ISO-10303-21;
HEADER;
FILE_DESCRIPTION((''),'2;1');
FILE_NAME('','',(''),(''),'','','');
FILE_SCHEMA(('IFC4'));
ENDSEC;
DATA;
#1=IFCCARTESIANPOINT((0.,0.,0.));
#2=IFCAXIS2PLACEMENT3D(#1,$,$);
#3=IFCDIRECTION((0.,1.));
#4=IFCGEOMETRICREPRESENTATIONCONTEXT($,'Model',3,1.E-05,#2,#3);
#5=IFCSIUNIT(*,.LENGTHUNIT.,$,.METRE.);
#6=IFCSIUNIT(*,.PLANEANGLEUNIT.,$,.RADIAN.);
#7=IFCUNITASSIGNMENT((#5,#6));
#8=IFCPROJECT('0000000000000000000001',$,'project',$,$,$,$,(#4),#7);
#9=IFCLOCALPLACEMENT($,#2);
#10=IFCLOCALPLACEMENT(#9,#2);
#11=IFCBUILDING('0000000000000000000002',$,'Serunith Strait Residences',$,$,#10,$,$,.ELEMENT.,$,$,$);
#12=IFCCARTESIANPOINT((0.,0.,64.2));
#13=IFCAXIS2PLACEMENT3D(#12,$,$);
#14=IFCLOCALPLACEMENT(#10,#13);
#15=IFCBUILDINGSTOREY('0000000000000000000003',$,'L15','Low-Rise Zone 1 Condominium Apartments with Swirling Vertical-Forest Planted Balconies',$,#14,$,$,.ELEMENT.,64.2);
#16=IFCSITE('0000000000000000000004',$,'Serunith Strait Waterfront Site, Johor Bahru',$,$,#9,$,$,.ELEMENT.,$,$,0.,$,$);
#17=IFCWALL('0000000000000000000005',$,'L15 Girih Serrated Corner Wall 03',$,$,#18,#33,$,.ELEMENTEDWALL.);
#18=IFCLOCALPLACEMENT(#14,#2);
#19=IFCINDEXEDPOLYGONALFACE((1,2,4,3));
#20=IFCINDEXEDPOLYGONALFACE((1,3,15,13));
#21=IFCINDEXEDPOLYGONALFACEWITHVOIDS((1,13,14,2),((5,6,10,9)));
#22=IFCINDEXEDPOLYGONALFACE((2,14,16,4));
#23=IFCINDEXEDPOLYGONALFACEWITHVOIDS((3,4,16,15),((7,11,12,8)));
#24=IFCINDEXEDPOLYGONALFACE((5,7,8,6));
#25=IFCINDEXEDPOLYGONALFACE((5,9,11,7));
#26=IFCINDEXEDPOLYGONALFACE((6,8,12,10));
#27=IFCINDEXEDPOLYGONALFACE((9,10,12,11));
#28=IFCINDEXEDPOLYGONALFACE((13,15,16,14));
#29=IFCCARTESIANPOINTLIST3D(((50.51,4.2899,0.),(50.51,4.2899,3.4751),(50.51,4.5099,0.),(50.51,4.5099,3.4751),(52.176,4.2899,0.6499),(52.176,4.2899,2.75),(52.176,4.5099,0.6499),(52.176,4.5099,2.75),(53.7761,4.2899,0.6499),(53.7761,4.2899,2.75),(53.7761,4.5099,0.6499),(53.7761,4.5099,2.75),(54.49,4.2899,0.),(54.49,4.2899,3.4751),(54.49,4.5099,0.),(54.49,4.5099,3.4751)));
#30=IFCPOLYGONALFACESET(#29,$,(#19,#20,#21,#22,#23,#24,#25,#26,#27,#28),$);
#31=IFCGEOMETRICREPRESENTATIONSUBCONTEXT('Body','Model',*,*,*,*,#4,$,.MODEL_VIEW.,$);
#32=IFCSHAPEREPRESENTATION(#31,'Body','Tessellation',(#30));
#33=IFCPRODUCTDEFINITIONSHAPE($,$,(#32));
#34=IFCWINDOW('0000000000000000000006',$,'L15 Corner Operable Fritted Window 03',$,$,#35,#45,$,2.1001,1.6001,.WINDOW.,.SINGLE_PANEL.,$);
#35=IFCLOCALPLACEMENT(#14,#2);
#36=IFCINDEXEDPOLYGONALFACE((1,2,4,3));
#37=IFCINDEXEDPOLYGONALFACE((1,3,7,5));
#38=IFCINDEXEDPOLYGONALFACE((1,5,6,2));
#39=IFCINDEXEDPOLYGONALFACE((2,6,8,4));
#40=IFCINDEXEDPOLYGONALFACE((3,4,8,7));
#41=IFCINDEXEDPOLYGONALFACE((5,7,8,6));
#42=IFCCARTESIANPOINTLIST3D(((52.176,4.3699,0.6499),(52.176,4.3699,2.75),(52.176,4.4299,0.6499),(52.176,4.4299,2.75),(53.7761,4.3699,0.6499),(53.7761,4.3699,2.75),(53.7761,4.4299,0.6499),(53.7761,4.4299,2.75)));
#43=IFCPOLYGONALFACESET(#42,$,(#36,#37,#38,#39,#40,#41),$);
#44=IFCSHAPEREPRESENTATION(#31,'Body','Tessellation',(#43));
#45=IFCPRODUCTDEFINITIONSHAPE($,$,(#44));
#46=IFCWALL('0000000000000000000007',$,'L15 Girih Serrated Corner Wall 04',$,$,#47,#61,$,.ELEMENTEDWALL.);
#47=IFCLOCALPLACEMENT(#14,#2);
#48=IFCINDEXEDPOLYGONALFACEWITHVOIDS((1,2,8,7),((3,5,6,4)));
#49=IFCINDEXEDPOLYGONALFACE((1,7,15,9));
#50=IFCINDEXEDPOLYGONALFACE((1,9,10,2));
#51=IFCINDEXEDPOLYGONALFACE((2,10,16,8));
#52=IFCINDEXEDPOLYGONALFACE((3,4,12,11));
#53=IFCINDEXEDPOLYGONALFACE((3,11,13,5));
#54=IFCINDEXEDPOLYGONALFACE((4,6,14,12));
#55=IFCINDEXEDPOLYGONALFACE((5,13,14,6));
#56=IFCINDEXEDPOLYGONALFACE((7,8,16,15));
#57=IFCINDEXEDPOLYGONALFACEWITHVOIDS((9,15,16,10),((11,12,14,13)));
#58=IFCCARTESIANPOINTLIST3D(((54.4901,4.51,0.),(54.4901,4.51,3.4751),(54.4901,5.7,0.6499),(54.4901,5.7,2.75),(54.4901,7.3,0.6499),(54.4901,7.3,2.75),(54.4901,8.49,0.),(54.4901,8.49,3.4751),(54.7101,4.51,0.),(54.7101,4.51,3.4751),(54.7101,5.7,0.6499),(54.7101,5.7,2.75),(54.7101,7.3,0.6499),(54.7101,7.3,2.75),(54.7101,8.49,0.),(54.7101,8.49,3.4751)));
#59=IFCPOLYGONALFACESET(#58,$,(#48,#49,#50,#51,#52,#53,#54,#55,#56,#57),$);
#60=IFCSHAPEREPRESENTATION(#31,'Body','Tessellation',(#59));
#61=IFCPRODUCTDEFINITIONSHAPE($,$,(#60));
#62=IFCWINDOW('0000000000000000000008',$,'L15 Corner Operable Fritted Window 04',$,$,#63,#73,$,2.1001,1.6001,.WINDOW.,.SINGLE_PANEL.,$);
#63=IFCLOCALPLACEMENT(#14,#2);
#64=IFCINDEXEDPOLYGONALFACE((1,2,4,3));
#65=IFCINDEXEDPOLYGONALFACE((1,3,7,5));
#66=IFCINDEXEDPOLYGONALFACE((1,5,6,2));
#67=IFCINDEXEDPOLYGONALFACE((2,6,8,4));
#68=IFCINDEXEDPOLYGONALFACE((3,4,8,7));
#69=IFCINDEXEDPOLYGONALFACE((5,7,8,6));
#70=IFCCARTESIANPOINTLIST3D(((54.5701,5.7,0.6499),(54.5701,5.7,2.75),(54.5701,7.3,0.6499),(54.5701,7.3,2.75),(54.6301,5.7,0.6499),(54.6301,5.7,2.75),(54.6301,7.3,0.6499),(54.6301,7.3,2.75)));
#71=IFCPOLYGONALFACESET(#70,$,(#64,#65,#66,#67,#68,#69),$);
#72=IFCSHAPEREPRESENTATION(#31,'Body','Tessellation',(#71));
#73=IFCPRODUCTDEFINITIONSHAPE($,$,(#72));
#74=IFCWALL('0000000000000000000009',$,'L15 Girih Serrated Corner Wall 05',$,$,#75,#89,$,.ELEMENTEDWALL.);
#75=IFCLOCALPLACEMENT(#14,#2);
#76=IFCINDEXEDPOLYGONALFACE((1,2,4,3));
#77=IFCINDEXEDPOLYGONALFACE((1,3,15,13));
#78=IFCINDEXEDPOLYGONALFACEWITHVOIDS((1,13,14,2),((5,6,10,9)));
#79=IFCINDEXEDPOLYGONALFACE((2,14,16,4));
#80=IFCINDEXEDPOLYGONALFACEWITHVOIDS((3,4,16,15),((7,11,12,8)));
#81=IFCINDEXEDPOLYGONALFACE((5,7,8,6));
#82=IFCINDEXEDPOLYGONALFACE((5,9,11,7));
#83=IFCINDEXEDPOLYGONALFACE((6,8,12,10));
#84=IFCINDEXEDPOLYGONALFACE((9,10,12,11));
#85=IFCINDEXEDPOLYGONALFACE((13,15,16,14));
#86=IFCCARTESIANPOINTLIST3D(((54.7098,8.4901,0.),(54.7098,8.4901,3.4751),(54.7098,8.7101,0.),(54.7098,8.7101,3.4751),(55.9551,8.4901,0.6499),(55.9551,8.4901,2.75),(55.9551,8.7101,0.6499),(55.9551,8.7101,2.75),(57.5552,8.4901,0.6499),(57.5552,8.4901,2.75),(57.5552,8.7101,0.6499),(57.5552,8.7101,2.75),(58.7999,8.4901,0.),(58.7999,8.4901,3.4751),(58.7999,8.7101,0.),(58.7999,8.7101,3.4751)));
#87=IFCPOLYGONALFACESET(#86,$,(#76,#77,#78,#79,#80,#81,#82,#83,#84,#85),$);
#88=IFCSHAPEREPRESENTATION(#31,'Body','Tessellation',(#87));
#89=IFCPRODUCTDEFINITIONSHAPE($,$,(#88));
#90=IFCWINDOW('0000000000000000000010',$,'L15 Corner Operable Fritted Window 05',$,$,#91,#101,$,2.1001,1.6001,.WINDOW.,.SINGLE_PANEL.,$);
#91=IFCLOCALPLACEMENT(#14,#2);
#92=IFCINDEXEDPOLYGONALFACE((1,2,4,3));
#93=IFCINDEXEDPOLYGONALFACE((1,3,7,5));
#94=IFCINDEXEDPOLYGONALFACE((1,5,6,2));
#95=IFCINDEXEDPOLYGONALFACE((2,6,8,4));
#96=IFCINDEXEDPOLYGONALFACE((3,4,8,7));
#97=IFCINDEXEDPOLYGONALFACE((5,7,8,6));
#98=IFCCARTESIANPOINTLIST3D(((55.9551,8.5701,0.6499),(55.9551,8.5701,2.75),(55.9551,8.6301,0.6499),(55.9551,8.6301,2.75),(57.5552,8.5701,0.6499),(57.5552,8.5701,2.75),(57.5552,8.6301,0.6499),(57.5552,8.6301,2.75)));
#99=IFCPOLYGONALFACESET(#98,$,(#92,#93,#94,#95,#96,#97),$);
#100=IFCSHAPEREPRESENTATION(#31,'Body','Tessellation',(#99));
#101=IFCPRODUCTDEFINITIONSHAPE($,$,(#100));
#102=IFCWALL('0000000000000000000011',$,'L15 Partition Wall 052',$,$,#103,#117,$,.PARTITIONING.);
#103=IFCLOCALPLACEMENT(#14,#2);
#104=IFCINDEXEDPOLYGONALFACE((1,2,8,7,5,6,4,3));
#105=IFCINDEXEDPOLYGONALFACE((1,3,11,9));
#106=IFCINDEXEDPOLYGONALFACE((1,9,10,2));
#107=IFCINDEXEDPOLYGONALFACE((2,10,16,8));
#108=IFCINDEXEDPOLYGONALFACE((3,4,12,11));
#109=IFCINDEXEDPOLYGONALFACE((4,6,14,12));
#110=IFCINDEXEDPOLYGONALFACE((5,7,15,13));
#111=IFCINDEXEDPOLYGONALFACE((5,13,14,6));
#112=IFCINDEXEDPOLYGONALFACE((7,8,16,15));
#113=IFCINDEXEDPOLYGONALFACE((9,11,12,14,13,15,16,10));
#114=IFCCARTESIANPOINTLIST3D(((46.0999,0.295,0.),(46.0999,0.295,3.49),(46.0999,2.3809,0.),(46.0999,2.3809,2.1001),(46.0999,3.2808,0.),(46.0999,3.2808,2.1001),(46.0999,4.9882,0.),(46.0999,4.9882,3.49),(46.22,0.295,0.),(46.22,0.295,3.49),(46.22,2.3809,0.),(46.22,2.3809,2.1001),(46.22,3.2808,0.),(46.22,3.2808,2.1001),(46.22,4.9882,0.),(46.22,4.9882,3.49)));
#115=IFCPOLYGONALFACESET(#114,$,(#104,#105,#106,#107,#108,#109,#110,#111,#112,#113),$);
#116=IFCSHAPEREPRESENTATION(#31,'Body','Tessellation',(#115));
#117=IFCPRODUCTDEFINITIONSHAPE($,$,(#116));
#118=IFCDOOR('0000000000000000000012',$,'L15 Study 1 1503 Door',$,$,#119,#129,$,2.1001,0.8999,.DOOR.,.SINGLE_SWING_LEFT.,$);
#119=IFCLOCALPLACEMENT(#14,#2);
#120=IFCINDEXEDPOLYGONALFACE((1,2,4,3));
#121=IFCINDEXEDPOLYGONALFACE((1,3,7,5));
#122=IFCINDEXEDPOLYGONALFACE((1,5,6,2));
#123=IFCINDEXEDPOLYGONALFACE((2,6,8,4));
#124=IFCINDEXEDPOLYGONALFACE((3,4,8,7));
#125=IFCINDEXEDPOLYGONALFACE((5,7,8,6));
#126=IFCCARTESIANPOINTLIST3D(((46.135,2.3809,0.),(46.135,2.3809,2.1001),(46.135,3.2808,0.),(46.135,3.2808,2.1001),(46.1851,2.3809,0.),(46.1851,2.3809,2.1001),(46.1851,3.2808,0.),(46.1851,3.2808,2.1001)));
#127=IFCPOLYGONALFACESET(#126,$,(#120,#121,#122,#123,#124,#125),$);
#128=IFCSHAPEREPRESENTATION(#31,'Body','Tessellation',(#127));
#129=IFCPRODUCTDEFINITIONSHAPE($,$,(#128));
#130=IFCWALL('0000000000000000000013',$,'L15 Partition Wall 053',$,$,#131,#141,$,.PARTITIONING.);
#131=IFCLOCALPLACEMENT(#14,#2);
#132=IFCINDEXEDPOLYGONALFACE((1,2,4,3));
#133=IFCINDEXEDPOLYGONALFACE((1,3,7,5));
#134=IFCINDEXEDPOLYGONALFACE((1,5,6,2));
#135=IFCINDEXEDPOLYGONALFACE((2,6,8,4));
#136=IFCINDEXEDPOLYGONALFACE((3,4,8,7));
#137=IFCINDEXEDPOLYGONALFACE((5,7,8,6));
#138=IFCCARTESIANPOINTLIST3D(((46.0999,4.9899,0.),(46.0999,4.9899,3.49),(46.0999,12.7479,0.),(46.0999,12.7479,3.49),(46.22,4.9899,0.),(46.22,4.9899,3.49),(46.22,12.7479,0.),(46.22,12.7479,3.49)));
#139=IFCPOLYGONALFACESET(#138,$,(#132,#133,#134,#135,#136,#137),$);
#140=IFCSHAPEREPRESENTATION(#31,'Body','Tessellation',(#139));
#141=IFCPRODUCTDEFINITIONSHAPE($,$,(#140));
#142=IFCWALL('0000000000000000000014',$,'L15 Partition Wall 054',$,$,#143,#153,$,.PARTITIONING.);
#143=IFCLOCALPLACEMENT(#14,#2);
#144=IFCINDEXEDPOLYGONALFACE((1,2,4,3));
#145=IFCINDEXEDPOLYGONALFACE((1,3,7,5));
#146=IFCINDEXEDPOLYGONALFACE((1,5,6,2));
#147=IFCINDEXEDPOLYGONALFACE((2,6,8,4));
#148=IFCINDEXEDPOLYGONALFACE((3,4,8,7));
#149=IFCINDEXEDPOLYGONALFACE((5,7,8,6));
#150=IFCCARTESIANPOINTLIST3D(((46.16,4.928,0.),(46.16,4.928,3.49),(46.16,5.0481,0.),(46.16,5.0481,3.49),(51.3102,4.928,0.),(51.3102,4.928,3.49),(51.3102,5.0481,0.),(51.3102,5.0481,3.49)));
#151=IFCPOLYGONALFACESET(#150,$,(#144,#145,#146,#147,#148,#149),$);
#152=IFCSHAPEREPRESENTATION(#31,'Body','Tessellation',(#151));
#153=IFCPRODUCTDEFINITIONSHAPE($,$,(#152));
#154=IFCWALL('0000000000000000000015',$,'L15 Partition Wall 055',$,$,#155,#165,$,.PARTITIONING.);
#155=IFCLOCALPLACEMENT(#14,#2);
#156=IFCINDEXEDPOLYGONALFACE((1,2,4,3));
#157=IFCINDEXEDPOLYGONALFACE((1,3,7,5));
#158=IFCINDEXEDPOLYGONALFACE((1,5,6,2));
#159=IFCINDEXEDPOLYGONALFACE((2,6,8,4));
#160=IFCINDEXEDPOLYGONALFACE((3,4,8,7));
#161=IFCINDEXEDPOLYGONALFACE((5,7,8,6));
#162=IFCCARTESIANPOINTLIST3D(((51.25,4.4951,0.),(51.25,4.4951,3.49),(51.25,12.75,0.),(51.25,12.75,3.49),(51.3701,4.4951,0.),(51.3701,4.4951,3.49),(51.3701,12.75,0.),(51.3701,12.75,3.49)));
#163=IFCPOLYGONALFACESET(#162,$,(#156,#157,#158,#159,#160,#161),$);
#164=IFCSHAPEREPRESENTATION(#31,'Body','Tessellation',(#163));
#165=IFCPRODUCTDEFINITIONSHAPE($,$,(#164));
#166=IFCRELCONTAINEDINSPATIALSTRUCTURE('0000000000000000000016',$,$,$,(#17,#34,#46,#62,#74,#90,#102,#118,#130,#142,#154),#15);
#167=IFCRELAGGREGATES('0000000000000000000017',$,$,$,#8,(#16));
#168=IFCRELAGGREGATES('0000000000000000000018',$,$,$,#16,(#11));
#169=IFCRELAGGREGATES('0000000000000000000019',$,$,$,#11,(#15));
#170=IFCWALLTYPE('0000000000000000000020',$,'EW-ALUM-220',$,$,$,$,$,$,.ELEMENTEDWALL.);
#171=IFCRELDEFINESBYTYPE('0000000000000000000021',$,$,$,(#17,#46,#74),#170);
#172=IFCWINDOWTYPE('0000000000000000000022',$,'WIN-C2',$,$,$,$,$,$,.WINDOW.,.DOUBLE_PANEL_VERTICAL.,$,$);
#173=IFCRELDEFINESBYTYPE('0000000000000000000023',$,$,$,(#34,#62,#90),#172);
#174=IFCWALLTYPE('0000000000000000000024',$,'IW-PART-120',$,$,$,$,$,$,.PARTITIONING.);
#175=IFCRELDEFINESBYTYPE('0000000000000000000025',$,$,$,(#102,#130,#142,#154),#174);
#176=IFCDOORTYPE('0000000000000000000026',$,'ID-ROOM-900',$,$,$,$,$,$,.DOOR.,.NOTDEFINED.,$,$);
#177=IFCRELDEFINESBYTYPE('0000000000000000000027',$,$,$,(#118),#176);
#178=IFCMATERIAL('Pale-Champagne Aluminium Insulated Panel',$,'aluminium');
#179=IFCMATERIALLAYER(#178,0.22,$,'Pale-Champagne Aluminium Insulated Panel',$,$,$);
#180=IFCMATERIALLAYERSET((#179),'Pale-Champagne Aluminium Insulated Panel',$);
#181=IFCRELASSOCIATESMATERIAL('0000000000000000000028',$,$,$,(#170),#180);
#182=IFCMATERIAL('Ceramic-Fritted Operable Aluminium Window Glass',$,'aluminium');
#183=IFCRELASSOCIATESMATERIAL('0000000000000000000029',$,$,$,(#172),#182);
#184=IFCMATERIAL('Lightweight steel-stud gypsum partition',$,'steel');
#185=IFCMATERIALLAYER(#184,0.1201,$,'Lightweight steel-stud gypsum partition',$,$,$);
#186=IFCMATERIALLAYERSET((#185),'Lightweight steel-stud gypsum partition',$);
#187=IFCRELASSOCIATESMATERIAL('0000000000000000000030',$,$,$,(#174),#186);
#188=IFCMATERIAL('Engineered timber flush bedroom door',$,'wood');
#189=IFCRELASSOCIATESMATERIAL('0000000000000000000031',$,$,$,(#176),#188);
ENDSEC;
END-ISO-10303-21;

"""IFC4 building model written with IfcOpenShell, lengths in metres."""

from ifc_helpers import new_model, si_unit, direction, frame, frame_2d, origin, place, context, subcontext, project, spatial, rectangle, extrude, source, transform, mapped, material, layer, layer_set, type_object, element, fill, save


model = new_model("IFC4")

# Units and contexts
model_context = context("Model", 3, precision=1e-05, world=origin(), true_north=direction((0.0, 1.0)))
body_context = subcontext(model_context, "Body", "Model", "MODEL_VIEW")
ifc_project = project(units=[si_unit("LENGTHUNIT", "METRE"), si_unit("PLANEANGLEUNIT", "RADIAN")], contexts=[model_context])

# Site, building, storey
site_placement = place(None, origin())
site = spatial("IfcSite", under=ifc_project, at=site_placement, Name="Serunith Strait Waterfront Site, Johor Bahru", CompositionType="ELEMENT", RefElevation=0.0)
building_placement = place(site_placement, origin())
building = spatial("IfcBuilding", under=site, at=building_placement, Name="Serunith Strait Residences", CompositionType="ELEMENT")
storey_placement = place(building_placement, frame((0.0, 0.0, 64.2)))
storey = spatial("IfcBuildingStorey", under=building, at=storey_placement, Name="L15", Description="Low-Rise Zone 1 Condominium Apartments with Swirling Vertical-Forest Planted Balconies", CompositionType="ELEMENT", Elevation=64.2)

# Walls, openings, windows
ifc_material_1 = material(Name="Pale-Champagne Aluminium Insulated Panel", Category="aluminium")
ifc_layer_1 = layer(ifc_material_1, 0.22, Name="Pale-Champagne Aluminium Insulated Panel")
ifc_layer_set_1 = layer_set([ifc_layer_1], Name="Pale-Champagne Aluminium Insulated Panel")
wall_type_1 = type_object("IfcWallType", Name="EW-ALUM-220", PredefinedType="ELEMENTEDWALL", material=ifc_layer_set_1)
ifc_material_2 = material(Name="Ceramic-Fritted Operable Aluminium Window Glass", Category="aluminium")
window_type = type_object("IfcWindowType", Name="WIN-C2", PartitioningType="DOUBLE_PANEL_VERTICAL", PredefinedType="WINDOW", material=ifc_material_2)
shared_shape_1 = source(origin(), body_context, "Body", "SweptSolid", [
    extrude(rectangle(XDim=1.6001, YDim=2.1001, at=frame_2d((0.8, 1.05))), frame((0.0, 0.03, 0.0), z_axis=(0.0, -1.0, 0.0), x_axis=(1.0, 0.0, 0.0)), (0.0, 0.0, 1.0), 0.0601),
])
wall_1_placement = place(storey_placement, frame((50.51, 4.3999, 0.0), z_axis=(0.0, 0.0, 1.0), x_axis=(1.0, 0.0, 0.0)))
wall_1 = element("IfcWall", 1, at=wall_1_placement, inside=storey, type_object=wall_type_1, Name="L15 Girih Serrated Corner Wall 03", PredefinedType="ELEMENTEDWALL", context=body_context, shape_type="SweptSolid", body=[
    extrude(rectangle(XDim=3.98, YDim=0.22, at=frame_2d((1.99, 0.0))), origin(), (0.0, 0.0, 1.0), 3.4751),
])
opening_1_placement = place(wall_1_placement, frame((1.666, 0.0, 0.6499)))
opening_1 = element("IfcOpeningElement", 2, at=opening_1_placement, cuts=wall_1, PredefinedType="OPENING", context=body_context, shape_type="SweptSolid", body=[
    extrude(rectangle(XDim=1.6001, YDim=2.1001, at=frame_2d((0.8, 1.05))), frame((0.0, 0.1201, 0.0), z_axis=(0.0, -1.0, 0.0), x_axis=(1.0, 0.0, 0.0)), (0.0, 0.0, 1.0), 0.24),
])
window_1_placement = place(opening_1_placement, origin())
window_1 = element("IfcWindow", 3, at=window_1_placement, inside=storey, type_object=window_type, Name="L15 Corner Operable Fritted Window 03", OverallHeight=2.1001, OverallWidth=1.6001, PartitioningType="SINGLE_PANEL", PredefinedType="WINDOW", context=body_context, shape_type="MappedRepresentation", body=[
    mapped(shared_shape_1, transform((0.0, 0.0, 0.0), scale=1.0)),
])
fill(opening_1, window_1)
wall_2_placement = place(storey_placement, frame((54.6001, 4.51, 0.0), z_axis=(0.0, 0.0, 1.0), x_axis=(0.0, 1.0, 0.0)))
wall_2 = element("IfcWall", 4, at=wall_2_placement, inside=storey, type_object=wall_type_1, Name="L15 Girih Serrated Corner Wall 04", PredefinedType="ELEMENTEDWALL", context=body_context, shape_type="SweptSolid", body=[
    extrude(rectangle(XDim=3.98, YDim=0.22, at=frame_2d((1.99, 0.0))), origin(), (0.0, 0.0, 1.0), 3.4751),
])
opening_2_placement = place(wall_2_placement, frame((1.1899, 0.0, 0.6499)))
opening_2 = element("IfcOpeningElement", 5, at=opening_2_placement, cuts=wall_2, PredefinedType="OPENING", context=body_context, shape_type="SweptSolid", body=[
    extrude(rectangle(XDim=1.6001, YDim=2.1001, at=frame_2d((0.8, 1.05))), frame((0.0, 0.1201, 0.0), z_axis=(0.0, -1.0, 0.0), x_axis=(1.0, 0.0, 0.0)), (0.0, 0.0, 1.0), 0.24),
])
window_2_placement = place(opening_2_placement, origin())
window_2 = element("IfcWindow", 6, at=window_2_placement, inside=storey, type_object=window_type, Name="L15 Corner Operable Fritted Window 04", OverallHeight=2.1001, OverallWidth=1.6001, PartitioningType="SINGLE_PANEL", PredefinedType="WINDOW", context=body_context, shape_type="MappedRepresentation", body=[
    mapped(shared_shape_1, transform((0.0, 0.0, 0.0), scale=1.0)),
])
fill(opening_2, window_2)
wall_3_placement = place(storey_placement, frame((54.71, 8.6001, 0.0), z_axis=(0.0, 0.0, 1.0), x_axis=(1.0, 0.0, 0.0)))
wall_3 = element("IfcWall", 7, at=wall_3_placement, inside=storey, type_object=wall_type_1, Name="L15 Girih Serrated Corner Wall 05", PredefinedType="ELEMENTEDWALL", context=body_context, shape_type="SweptSolid", body=[
    extrude(rectangle(XDim=4.0901, YDim=0.22, at=frame_2d((2.0449, 0.0))), origin(), (0.0, 0.0, 1.0), 3.4751),
])
opening_3_placement = place(wall_3_placement, frame((1.2451, 0.0, 0.6499)))
opening_3 = element("IfcOpeningElement", 8, at=opening_3_placement, cuts=wall_3, PredefinedType="OPENING", context=body_context, shape_type="SweptSolid", body=[
    extrude(rectangle(XDim=1.6001, YDim=2.1001, at=frame_2d((0.8, 1.05))), frame((0.0, 0.1201, 0.0), z_axis=(0.0, -1.0, 0.0), x_axis=(1.0, 0.0, 0.0)), (0.0, 0.0, 1.0), 0.24),
])
window_3_placement = place(opening_3_placement, origin())
window_3 = element("IfcWindow", 9, at=window_3_placement, inside=storey, type_object=window_type, Name="L15 Corner Operable Fritted Window 05", OverallHeight=2.1001, OverallWidth=1.6001, PartitioningType="SINGLE_PANEL", PredefinedType="WINDOW", context=body_context, shape_type="MappedRepresentation", body=[
    mapped(shared_shape_1, transform((0.0, 0.0, 0.0), scale=1.0)),
])
fill(opening_3, window_3)

# Wall, opening, door
ifc_material_3 = material(Name="Lightweight steel-stud gypsum partition", Category="steel")
ifc_layer_2 = layer(ifc_material_3, 0.1201, Name="Lightweight steel-stud gypsum partition")
ifc_layer_set_2 = layer_set([ifc_layer_2], Name="Lightweight steel-stud gypsum partition")
wall_type_2 = type_object("IfcWallType", Name="IW-PART-120", PredefinedType="PARTITIONING", material=ifc_layer_set_2)
wall_4_placement = place(storey_placement, frame((46.1599, 0.2949, 0.0), z_axis=(0.0, 0.0, 1.0), x_axis=(0.0, 1.0, 0.0)))
wall_4 = element("IfcWall", 10, at=wall_4_placement, inside=storey, type_object=wall_type_2, Name="L15 Partition Wall 052", PredefinedType="PARTITIONING", context=body_context, shape_type="SweptSolid", body=[
    extrude(rectangle(XDim=4.6931, YDim=0.1201, at=frame_2d((2.3467, 0.0))), origin(), (0.0, 0.0, 1.0), 3.49),
])
opening_4_placement = place(wall_4_placement, frame((2.0859, 0.0, 0.0)))
opening_4 = element("IfcOpeningElement", 11, at=opening_4_placement, cuts=wall_4, PredefinedType="OPENING", context=body_context, shape_type="SweptSolid", body=[
    extrude(rectangle(XDim=0.8999, YDim=2.1001, at=frame_2d((0.45, 1.05))), frame((0.0, 0.0701, 0.0), z_axis=(0.0, -1.0, 0.0), x_axis=(1.0, 0.0, 0.0)), (0.0, 0.0, 1.0), 0.1401),
])
ifc_material_4 = material(Name="Engineered timber flush bedroom door", Category="wood")
door_type = type_object("IfcDoorType", Name="ID-ROOM-900", OperationType="NOTDEFINED", PredefinedType="DOOR", material=ifc_material_4)
shared_shape_2 = source(origin(), body_context, "Body", "SweptSolid", [
    extrude(rectangle(XDim=0.8999, YDim=2.1001, at=frame_2d((0.45, 1.05))), frame((0.0, 0.0249, 0.0), z_axis=(0.0, -1.0, 0.0), x_axis=(1.0, 0.0, 0.0)), (0.0, 0.0, 1.0), 0.05),
])
door_placement = place(opening_4_placement, origin())
door = element("IfcDoor", 12, at=door_placement, inside=storey, type_object=door_type, Name="L15 Study 1 1503 Door", OperationType="SINGLE_SWING_LEFT", OverallHeight=2.1001, OverallWidth=0.8999, PredefinedType="DOOR", context=body_context, shape_type="MappedRepresentation", body=[
    mapped(shared_shape_2, transform((0.0, 0.0, 0.0), scale=1.0)),
])
fill(opening_4, door)

# Walls
wall_5_placement = place(storey_placement, frame((46.1599, 4.99, 0.0), z_axis=(0.0, 0.0, 1.0), x_axis=(0.0, 1.0, 0.0)))
element("IfcWall", 13, at=wall_5_placement, inside=storey, type_object=wall_type_2, Name="L15 Partition Wall 053", PredefinedType="PARTITIONING", context=body_context, shape_type="SweptSolid", body=[
    extrude(rectangle(XDim=7.7581, YDim=0.1201, at=frame_2d((3.8789, 0.0))), origin(), (0.0, 0.0, 1.0), 3.49),
])
wall_6_placement = place(storey_placement, frame((46.1599, 4.988, 0.0), z_axis=(0.0, 0.0, 1.0), x_axis=(1.0, 0.0, 0.0)))
element("IfcWall", 14, at=wall_6_placement, inside=storey, type_object=wall_type_2, Name="L15 Partition Wall 054", PredefinedType="PARTITIONING", context=body_context, shape_type="SweptSolid", body=[
    extrude(rectangle(XDim=5.1501, YDim=0.1201, at=frame_2d((2.5752, 0.0))), origin(), (0.0, 0.0, 1.0), 3.49),
])
wall_7_placement = place(storey_placement, frame((51.3101, 4.4951, 0.0), z_axis=(0.0, 0.0, 1.0), x_axis=(0.0, 1.0, 0.0)))
element("IfcWall", 15, at=wall_7_placement, inside=storey, type_object=wall_type_2, Name="L15 Partition Wall 055", PredefinedType="PARTITIONING", context=body_context, shape_type="SweptSolid", body=[
    extrude(rectangle(XDim=8.2549, YDim=0.1201, at=frame_2d((4.1274, 0.0))), origin(), (0.0, 0.0, 1.0), 3.49),
])

save(model, "model.ifc")
